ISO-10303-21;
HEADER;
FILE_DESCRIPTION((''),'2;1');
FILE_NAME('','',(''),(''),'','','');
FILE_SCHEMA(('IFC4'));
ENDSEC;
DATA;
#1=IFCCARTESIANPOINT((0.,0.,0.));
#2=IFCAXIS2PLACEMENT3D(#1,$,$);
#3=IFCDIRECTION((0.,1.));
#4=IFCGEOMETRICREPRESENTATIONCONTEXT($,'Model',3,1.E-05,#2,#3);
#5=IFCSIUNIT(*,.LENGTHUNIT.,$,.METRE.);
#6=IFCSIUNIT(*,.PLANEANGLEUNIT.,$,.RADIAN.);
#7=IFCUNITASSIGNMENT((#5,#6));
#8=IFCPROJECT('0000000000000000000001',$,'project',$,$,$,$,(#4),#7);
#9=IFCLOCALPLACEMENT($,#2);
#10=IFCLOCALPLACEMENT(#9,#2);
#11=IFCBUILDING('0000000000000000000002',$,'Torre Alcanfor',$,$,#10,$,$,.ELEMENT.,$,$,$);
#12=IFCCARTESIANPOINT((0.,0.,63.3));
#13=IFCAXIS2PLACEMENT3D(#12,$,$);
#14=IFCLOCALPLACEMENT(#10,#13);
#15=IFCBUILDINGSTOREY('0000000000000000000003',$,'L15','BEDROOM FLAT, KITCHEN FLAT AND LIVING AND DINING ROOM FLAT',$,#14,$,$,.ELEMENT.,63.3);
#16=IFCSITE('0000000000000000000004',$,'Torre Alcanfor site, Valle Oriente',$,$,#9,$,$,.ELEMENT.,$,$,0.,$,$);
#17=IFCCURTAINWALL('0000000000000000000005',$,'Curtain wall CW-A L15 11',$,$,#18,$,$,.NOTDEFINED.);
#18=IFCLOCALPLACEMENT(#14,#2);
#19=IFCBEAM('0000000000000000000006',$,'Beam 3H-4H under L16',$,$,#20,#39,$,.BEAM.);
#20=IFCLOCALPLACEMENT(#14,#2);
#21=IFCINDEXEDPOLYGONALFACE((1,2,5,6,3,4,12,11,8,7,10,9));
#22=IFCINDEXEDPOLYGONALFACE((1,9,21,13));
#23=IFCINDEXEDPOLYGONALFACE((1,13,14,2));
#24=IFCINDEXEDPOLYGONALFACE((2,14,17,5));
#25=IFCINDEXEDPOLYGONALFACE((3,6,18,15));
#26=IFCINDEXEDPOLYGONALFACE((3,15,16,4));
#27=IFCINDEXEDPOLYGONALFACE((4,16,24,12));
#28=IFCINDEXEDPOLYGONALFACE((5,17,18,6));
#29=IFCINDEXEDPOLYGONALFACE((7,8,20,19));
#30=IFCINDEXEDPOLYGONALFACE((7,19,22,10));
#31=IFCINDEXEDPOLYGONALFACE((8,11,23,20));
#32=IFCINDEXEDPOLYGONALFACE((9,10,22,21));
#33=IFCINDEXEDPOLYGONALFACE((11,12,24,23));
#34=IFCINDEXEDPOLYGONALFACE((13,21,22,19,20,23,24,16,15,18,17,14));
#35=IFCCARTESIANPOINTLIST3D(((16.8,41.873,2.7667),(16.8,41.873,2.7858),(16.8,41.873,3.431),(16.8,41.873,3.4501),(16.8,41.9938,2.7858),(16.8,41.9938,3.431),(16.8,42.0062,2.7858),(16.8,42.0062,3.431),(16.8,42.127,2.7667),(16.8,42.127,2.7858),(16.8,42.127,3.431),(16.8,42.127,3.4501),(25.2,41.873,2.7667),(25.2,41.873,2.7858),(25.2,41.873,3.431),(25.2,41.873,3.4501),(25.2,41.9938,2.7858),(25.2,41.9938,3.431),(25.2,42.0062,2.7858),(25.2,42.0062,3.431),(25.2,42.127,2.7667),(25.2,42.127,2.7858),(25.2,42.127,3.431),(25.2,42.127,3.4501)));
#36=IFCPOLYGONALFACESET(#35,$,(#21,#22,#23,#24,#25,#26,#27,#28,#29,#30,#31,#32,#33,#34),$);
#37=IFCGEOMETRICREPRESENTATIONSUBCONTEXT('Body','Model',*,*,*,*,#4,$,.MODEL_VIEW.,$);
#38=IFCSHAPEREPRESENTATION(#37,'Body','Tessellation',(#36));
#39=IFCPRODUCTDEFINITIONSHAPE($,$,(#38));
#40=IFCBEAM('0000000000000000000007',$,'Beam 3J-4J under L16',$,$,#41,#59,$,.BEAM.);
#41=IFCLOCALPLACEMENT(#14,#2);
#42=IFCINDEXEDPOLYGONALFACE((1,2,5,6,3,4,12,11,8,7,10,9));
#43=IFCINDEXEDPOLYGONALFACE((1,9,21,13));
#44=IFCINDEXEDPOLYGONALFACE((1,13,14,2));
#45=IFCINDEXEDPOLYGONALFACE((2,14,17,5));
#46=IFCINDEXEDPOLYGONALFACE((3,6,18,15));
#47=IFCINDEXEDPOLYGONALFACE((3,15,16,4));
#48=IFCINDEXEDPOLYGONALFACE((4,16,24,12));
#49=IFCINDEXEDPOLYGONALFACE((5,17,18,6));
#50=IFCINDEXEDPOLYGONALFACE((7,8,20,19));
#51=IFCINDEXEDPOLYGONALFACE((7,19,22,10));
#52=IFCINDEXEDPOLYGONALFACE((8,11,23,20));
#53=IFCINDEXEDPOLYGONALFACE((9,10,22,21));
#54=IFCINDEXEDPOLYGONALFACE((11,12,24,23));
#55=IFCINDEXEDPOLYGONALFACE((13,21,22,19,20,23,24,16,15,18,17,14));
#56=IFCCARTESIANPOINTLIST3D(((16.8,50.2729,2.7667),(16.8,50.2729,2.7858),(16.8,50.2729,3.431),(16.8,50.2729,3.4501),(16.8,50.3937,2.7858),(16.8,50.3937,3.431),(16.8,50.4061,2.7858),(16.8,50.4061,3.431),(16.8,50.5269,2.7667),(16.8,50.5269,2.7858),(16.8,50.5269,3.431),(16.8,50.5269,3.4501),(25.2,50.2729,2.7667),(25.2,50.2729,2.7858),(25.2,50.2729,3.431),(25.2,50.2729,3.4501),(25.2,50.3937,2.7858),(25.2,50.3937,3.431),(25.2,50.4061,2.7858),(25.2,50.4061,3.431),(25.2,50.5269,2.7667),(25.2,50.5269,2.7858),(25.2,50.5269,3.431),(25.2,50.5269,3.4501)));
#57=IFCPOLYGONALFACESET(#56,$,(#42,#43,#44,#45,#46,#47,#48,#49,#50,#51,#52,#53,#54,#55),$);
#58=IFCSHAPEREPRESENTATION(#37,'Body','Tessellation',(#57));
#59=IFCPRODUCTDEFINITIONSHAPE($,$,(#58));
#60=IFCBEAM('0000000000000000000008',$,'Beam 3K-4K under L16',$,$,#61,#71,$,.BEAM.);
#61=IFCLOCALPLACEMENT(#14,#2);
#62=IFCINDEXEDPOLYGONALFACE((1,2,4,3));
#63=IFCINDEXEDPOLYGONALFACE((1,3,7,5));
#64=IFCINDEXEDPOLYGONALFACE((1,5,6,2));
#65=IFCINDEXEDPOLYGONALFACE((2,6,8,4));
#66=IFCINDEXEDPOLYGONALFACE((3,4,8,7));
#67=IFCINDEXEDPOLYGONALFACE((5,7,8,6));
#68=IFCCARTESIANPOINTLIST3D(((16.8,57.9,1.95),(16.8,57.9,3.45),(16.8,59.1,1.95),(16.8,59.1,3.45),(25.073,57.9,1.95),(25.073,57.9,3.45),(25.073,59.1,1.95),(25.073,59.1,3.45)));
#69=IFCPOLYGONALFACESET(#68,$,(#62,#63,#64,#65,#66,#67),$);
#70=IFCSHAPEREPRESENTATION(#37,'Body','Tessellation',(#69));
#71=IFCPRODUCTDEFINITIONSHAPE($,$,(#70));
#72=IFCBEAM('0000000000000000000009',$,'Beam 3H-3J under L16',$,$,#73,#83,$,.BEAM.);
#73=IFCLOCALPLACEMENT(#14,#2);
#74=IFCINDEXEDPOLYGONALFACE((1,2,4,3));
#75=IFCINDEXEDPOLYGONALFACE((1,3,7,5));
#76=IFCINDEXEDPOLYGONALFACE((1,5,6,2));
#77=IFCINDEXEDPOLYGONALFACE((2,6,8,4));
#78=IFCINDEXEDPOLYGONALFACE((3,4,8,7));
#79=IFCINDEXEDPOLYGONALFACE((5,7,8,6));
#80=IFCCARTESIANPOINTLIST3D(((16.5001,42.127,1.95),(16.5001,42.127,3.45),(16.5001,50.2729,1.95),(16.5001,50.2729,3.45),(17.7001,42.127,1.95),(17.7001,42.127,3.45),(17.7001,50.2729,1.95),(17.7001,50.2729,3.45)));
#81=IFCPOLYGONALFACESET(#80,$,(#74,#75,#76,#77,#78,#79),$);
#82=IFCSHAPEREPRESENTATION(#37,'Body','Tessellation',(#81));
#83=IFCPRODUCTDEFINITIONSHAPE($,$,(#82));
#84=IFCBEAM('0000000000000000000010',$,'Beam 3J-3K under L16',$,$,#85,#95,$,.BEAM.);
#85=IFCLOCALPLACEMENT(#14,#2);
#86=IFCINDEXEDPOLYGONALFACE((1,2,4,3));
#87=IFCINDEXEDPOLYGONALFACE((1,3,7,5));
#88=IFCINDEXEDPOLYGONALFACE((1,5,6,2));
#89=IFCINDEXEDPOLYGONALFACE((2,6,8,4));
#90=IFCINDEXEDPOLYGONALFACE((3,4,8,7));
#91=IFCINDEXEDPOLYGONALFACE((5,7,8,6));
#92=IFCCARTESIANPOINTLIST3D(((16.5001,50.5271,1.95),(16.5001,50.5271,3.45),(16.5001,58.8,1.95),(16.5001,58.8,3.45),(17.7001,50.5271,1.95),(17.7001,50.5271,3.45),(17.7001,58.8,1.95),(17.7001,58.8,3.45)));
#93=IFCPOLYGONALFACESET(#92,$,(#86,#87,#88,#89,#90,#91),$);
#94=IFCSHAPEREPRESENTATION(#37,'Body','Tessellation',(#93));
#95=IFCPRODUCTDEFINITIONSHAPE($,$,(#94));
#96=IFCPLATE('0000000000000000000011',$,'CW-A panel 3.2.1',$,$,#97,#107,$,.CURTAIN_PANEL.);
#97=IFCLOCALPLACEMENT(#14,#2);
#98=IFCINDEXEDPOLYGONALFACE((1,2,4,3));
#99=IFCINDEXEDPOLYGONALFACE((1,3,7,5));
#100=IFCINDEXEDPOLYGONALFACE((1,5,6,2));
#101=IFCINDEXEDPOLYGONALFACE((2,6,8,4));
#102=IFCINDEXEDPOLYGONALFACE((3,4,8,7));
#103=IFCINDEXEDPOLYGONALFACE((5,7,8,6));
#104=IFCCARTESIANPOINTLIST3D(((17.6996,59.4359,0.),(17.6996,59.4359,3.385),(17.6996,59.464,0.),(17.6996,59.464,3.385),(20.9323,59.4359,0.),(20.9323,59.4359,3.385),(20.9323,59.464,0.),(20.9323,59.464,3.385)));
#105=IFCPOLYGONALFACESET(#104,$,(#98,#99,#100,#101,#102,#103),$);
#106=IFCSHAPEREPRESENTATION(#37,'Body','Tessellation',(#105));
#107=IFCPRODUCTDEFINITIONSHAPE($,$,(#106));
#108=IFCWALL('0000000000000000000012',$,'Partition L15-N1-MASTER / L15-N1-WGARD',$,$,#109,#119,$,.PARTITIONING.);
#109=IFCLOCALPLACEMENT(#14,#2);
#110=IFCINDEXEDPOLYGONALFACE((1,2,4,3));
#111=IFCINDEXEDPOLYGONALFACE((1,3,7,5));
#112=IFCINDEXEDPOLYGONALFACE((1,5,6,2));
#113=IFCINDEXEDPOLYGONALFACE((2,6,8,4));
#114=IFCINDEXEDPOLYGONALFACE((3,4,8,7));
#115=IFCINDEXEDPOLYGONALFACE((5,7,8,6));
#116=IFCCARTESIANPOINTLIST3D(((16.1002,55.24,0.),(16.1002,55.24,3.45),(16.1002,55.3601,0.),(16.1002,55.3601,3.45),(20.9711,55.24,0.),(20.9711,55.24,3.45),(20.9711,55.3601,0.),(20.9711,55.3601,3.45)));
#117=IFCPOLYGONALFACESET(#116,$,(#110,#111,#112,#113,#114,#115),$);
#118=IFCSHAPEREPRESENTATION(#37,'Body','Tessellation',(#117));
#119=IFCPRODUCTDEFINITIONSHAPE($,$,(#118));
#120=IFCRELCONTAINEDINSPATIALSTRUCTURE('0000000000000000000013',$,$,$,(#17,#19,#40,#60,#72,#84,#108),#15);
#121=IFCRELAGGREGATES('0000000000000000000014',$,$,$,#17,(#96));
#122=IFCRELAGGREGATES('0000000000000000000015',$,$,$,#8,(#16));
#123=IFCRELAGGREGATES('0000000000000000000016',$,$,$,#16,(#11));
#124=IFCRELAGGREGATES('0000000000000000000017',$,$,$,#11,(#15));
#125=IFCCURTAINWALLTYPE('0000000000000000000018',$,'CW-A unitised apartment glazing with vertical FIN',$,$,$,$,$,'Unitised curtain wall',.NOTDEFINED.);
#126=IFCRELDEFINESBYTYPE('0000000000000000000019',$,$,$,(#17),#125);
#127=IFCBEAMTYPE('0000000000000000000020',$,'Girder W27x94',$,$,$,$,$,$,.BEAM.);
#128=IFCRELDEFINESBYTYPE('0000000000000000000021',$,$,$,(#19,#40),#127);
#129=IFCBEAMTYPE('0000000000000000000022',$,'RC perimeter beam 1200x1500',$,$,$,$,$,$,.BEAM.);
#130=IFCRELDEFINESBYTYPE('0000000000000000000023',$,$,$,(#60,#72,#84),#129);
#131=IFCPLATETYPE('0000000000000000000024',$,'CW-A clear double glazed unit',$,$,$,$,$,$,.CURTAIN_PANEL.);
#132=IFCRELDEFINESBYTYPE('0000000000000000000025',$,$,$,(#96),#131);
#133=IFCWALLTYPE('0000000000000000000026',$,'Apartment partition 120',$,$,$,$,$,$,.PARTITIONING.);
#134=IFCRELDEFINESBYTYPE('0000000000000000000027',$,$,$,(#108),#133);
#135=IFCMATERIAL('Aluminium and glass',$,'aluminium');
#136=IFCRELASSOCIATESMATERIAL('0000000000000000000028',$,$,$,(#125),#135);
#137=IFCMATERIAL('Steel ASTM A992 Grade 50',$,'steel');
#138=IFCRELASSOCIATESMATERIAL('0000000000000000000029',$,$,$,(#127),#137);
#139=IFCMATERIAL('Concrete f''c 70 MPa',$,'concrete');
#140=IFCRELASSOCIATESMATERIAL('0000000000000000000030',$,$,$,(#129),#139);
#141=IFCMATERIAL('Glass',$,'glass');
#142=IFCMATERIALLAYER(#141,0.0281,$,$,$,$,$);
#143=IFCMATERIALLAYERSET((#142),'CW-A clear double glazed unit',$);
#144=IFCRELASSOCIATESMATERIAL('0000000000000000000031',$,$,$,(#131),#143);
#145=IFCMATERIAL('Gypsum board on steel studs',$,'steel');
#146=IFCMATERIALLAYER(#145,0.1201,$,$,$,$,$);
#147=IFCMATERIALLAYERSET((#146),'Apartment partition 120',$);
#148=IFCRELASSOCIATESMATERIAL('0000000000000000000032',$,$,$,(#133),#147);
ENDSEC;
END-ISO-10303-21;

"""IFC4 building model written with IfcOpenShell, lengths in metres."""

from ifc_helpers import new_model, si_unit, direction, frame, frame_2d, origin, origin_2d, place, context, subcontext, project, spatial, rectangle, i_section, extrude, material, layer, layer_set, material_profile, profile_set, type_object, element, aggregate, save


model = new_model("IFC4")

# Units and contexts
model_context = context("Model", 3, precision=1e-05, world=origin(), true_north=direction((0.0, 1.0)))
body_context = subcontext(model_context, "Body", "Model", "MODEL_VIEW")
ifc_project = project(units=[si_unit("LENGTHUNIT", "METRE"), si_unit("PLANEANGLEUNIT", "RADIAN")], contexts=[model_context])

# Site, building, storey
site_placement = place(None, origin())
site = spatial("IfcSite", under=ifc_project, at=site_placement, Name="Torre Alcanfor site, Valle Oriente", CompositionType="ELEMENT", RefElevation=0.0)
building_placement = place(site_placement, origin())
building = spatial("IfcBuilding", under=site, at=building_placement, Name="Torre Alcanfor", CompositionType="ELEMENT")
storey_placement = place(building_placement, frame((0.0, 0.0, 63.3)))
storey = spatial("IfcBuildingStorey", under=building, at=storey_placement, Name="L15", Description="BEDROOM FLAT, KITCHEN FLAT AND LIVING AND DINING ROOM FLAT", CompositionType="ELEMENT", Elevation=63.3)

# Curtain wall
ifc_material_1 = material(Name="Aluminium and glass", Category="aluminium")
curtain_wall_type = type_object("IfcCurtainWallType", Name="CW-A unitised apartment glazing with vertical FIN", ElementType="Unitised curtain wall", PredefinedType="NOTDEFINED", material=ifc_material_1)
curtain_wall_placement = place(storey_placement, origin())
curtain_wall = element("IfcCurtainWall", 1, at=curtain_wall_placement, inside=storey, type_object=curtain_wall_type, Name="Curtain wall CW-A L15 11", PredefinedType="NOTDEFINED")

# Beams
ifc_material_2 = material(Name="Steel ASTM A992 Grade 50", Category="steel")
ifc_material_profile_1 = material_profile(ifc_material_2, i_section(OverallWidth=0.2539, OverallDepth=0.6833, WebThickness=0.0125, FlangeThickness=0.019, at=origin_2d()), Name="W27x94")
ifc_profile_set_1 = profile_set([ifc_material_profile_1], Name="Steel ASTM A992 Grade 50")
beam_type_1 = type_object("IfcBeamType", Name="Girder W27x94", PredefinedType="BEAM", material=ifc_profile_set_1)
for number, where, z_axis, x_axis, name in (
    (2, (16.8, 42.0, 3.1084), (1.0, 0.0, 0.0), (0.0, 1.0, 0.0), "Beam 3H-4H under L16"),
    (3, (16.8, 50.3999, 3.1084), (1.0, 0.0, 0.0), (0.0, 1.0, 0.0), "Beam 3J-4J under L16"),
):
    element("IfcBeam", number, at=place(storey_placement, frame(where, z_axis=z_axis, x_axis=x_axis)), inside=storey, type_object=beam_type_1, Name=name, PredefinedType="BEAM", context=body_context, shape_type="SweptSolid", body=[
        extrude(i_section(OverallWidth=0.2539, OverallDepth=0.6833, WebThickness=0.0125, FlangeThickness=0.019, at=origin_2d()), origin(), (0.0, 0.0, 1.0), 8.3999),
    ])
ifc_material_3 = material(Name="Concrete f'c 70 MPa", Category="concrete")
ifc_material_profile_2 = material_profile(ifc_material_3, rectangle(XDim=1.2, YDim=1.5, at=origin_2d()), Name="1200x1500")
ifc_profile_set_2 = profile_set([ifc_material_profile_2], Name="Concrete f'c 70 MPa")
beam_type_2 = type_object("IfcBeamType", Name="RC perimeter beam 1200x1500", PredefinedType="BEAM", material=ifc_profile_set_2)
beam_1_placement = place(storey_placement, frame((16.8, 58.5, 2.7), z_axis=(1.0, 0.0, 0.0), x_axis=(0.0, 1.0, 0.0)))
element("IfcBeam", 4, at=beam_1_placement, inside=storey, type_object=beam_type_2, Name="Beam 3K-4K under L16", PredefinedType="BEAM", context=body_context, shape_type="SweptSolid", body=[
    extrude(rectangle(XDim=1.2, YDim=1.5, at=origin_2d()), origin(), (0.0, 0.0, 1.0), 8.2729),
])
beam_2_placement = place(storey_placement, frame((17.1001, 42.127, 2.7), z_axis=(0.0, 1.0, 0.0), x_axis=(-1.0, 0.0, 0.0)))
element("IfcBeam", 5, at=beam_2_placement, inside=storey, type_object=beam_type_2, Name="Beam 3H-3J under L16", PredefinedType="BEAM", context=body_context, shape_type="SweptSolid", body=[
    extrude(rectangle(XDim=1.2, YDim=1.5, at=origin_2d()), origin(), (0.0, 0.0, 1.0), 8.146),
])
beam_3_placement = place(storey_placement, frame((17.1001, 50.5271, 2.7), z_axis=(0.0, 1.0, 0.0), x_axis=(-1.0, 0.0, 0.0)))
element("IfcBeam", 6, at=beam_3_placement, inside=storey, type_object=beam_type_2, Name="Beam 3J-3K under L16", PredefinedType="BEAM", context=body_context, shape_type="SweptSolid", body=[
    extrude(rectangle(XDim=1.2, YDim=1.5, at=origin_2d()), origin(), (0.0, 0.0, 1.0), 8.2729),
])

# Plate
ifc_material_4 = material(Name="Glass", Category="glass")
ifc_layer_1 = layer(ifc_material_4, 0.0281)
ifc_layer_set_1 = layer_set([ifc_layer_1], Name="CW-A clear double glazed unit")
plate_type = type_object("IfcPlateType", Name="CW-A clear double glazed unit", PredefinedType="CURTAIN_PANEL", material=ifc_layer_set_1)
plate_placement = place(storey_placement, frame((19.3159, 59.45, 0.0), z_axis=(0.0, 0.0, 1.0), x_axis=(-1.0, 0.0, 0.0)))
plate = element("IfcPlate", 7, at=plate_placement, type_object=plate_type, Name="CW-A panel 3.2.1", PredefinedType="CURTAIN_PANEL", context=body_context, shape_type="SweptSolid", body=[
    extrude(rectangle(XDim=3.2327, YDim=0.0281, at=origin_2d()), origin(), (0.0, 0.0, 1.0), 3.385),
])
aggregate(curtain_wall, [plate])

# Wall
ifc_material_5 = material(Name="Gypsum board on steel studs", Category="steel")
ifc_layer_2 = layer(ifc_material_5, 0.1201)
ifc_layer_set_2 = layer_set([ifc_layer_2], Name="Apartment partition 120")
wall_type_1 = type_object("IfcWallType", Name="Apartment partition 120", PredefinedType="PARTITIONING", material=ifc_layer_set_2)
wall_1_placement = place(storey_placement, frame((16.1001, 55.3, 0.0), z_axis=(0.0, 0.0, 1.0), x_axis=(1.0, 0.0, 0.0)))
element("IfcWall", 8, at=wall_1_placement, inside=storey, type_object=wall_type_1, Name="Partition L15-N1-MASTER / L15-N1-WGARD", PredefinedType="PARTITIONING", context=body_context, shape_type="SweptSolid", body=[
    extrude(rectangle(XDim=4.8708, YDim=0.1201, at=frame_2d((2.4355, 0.0))), origin(), (0.0, 0.0, 1.0), 3.45),
])

save(model, "model.ifc")
